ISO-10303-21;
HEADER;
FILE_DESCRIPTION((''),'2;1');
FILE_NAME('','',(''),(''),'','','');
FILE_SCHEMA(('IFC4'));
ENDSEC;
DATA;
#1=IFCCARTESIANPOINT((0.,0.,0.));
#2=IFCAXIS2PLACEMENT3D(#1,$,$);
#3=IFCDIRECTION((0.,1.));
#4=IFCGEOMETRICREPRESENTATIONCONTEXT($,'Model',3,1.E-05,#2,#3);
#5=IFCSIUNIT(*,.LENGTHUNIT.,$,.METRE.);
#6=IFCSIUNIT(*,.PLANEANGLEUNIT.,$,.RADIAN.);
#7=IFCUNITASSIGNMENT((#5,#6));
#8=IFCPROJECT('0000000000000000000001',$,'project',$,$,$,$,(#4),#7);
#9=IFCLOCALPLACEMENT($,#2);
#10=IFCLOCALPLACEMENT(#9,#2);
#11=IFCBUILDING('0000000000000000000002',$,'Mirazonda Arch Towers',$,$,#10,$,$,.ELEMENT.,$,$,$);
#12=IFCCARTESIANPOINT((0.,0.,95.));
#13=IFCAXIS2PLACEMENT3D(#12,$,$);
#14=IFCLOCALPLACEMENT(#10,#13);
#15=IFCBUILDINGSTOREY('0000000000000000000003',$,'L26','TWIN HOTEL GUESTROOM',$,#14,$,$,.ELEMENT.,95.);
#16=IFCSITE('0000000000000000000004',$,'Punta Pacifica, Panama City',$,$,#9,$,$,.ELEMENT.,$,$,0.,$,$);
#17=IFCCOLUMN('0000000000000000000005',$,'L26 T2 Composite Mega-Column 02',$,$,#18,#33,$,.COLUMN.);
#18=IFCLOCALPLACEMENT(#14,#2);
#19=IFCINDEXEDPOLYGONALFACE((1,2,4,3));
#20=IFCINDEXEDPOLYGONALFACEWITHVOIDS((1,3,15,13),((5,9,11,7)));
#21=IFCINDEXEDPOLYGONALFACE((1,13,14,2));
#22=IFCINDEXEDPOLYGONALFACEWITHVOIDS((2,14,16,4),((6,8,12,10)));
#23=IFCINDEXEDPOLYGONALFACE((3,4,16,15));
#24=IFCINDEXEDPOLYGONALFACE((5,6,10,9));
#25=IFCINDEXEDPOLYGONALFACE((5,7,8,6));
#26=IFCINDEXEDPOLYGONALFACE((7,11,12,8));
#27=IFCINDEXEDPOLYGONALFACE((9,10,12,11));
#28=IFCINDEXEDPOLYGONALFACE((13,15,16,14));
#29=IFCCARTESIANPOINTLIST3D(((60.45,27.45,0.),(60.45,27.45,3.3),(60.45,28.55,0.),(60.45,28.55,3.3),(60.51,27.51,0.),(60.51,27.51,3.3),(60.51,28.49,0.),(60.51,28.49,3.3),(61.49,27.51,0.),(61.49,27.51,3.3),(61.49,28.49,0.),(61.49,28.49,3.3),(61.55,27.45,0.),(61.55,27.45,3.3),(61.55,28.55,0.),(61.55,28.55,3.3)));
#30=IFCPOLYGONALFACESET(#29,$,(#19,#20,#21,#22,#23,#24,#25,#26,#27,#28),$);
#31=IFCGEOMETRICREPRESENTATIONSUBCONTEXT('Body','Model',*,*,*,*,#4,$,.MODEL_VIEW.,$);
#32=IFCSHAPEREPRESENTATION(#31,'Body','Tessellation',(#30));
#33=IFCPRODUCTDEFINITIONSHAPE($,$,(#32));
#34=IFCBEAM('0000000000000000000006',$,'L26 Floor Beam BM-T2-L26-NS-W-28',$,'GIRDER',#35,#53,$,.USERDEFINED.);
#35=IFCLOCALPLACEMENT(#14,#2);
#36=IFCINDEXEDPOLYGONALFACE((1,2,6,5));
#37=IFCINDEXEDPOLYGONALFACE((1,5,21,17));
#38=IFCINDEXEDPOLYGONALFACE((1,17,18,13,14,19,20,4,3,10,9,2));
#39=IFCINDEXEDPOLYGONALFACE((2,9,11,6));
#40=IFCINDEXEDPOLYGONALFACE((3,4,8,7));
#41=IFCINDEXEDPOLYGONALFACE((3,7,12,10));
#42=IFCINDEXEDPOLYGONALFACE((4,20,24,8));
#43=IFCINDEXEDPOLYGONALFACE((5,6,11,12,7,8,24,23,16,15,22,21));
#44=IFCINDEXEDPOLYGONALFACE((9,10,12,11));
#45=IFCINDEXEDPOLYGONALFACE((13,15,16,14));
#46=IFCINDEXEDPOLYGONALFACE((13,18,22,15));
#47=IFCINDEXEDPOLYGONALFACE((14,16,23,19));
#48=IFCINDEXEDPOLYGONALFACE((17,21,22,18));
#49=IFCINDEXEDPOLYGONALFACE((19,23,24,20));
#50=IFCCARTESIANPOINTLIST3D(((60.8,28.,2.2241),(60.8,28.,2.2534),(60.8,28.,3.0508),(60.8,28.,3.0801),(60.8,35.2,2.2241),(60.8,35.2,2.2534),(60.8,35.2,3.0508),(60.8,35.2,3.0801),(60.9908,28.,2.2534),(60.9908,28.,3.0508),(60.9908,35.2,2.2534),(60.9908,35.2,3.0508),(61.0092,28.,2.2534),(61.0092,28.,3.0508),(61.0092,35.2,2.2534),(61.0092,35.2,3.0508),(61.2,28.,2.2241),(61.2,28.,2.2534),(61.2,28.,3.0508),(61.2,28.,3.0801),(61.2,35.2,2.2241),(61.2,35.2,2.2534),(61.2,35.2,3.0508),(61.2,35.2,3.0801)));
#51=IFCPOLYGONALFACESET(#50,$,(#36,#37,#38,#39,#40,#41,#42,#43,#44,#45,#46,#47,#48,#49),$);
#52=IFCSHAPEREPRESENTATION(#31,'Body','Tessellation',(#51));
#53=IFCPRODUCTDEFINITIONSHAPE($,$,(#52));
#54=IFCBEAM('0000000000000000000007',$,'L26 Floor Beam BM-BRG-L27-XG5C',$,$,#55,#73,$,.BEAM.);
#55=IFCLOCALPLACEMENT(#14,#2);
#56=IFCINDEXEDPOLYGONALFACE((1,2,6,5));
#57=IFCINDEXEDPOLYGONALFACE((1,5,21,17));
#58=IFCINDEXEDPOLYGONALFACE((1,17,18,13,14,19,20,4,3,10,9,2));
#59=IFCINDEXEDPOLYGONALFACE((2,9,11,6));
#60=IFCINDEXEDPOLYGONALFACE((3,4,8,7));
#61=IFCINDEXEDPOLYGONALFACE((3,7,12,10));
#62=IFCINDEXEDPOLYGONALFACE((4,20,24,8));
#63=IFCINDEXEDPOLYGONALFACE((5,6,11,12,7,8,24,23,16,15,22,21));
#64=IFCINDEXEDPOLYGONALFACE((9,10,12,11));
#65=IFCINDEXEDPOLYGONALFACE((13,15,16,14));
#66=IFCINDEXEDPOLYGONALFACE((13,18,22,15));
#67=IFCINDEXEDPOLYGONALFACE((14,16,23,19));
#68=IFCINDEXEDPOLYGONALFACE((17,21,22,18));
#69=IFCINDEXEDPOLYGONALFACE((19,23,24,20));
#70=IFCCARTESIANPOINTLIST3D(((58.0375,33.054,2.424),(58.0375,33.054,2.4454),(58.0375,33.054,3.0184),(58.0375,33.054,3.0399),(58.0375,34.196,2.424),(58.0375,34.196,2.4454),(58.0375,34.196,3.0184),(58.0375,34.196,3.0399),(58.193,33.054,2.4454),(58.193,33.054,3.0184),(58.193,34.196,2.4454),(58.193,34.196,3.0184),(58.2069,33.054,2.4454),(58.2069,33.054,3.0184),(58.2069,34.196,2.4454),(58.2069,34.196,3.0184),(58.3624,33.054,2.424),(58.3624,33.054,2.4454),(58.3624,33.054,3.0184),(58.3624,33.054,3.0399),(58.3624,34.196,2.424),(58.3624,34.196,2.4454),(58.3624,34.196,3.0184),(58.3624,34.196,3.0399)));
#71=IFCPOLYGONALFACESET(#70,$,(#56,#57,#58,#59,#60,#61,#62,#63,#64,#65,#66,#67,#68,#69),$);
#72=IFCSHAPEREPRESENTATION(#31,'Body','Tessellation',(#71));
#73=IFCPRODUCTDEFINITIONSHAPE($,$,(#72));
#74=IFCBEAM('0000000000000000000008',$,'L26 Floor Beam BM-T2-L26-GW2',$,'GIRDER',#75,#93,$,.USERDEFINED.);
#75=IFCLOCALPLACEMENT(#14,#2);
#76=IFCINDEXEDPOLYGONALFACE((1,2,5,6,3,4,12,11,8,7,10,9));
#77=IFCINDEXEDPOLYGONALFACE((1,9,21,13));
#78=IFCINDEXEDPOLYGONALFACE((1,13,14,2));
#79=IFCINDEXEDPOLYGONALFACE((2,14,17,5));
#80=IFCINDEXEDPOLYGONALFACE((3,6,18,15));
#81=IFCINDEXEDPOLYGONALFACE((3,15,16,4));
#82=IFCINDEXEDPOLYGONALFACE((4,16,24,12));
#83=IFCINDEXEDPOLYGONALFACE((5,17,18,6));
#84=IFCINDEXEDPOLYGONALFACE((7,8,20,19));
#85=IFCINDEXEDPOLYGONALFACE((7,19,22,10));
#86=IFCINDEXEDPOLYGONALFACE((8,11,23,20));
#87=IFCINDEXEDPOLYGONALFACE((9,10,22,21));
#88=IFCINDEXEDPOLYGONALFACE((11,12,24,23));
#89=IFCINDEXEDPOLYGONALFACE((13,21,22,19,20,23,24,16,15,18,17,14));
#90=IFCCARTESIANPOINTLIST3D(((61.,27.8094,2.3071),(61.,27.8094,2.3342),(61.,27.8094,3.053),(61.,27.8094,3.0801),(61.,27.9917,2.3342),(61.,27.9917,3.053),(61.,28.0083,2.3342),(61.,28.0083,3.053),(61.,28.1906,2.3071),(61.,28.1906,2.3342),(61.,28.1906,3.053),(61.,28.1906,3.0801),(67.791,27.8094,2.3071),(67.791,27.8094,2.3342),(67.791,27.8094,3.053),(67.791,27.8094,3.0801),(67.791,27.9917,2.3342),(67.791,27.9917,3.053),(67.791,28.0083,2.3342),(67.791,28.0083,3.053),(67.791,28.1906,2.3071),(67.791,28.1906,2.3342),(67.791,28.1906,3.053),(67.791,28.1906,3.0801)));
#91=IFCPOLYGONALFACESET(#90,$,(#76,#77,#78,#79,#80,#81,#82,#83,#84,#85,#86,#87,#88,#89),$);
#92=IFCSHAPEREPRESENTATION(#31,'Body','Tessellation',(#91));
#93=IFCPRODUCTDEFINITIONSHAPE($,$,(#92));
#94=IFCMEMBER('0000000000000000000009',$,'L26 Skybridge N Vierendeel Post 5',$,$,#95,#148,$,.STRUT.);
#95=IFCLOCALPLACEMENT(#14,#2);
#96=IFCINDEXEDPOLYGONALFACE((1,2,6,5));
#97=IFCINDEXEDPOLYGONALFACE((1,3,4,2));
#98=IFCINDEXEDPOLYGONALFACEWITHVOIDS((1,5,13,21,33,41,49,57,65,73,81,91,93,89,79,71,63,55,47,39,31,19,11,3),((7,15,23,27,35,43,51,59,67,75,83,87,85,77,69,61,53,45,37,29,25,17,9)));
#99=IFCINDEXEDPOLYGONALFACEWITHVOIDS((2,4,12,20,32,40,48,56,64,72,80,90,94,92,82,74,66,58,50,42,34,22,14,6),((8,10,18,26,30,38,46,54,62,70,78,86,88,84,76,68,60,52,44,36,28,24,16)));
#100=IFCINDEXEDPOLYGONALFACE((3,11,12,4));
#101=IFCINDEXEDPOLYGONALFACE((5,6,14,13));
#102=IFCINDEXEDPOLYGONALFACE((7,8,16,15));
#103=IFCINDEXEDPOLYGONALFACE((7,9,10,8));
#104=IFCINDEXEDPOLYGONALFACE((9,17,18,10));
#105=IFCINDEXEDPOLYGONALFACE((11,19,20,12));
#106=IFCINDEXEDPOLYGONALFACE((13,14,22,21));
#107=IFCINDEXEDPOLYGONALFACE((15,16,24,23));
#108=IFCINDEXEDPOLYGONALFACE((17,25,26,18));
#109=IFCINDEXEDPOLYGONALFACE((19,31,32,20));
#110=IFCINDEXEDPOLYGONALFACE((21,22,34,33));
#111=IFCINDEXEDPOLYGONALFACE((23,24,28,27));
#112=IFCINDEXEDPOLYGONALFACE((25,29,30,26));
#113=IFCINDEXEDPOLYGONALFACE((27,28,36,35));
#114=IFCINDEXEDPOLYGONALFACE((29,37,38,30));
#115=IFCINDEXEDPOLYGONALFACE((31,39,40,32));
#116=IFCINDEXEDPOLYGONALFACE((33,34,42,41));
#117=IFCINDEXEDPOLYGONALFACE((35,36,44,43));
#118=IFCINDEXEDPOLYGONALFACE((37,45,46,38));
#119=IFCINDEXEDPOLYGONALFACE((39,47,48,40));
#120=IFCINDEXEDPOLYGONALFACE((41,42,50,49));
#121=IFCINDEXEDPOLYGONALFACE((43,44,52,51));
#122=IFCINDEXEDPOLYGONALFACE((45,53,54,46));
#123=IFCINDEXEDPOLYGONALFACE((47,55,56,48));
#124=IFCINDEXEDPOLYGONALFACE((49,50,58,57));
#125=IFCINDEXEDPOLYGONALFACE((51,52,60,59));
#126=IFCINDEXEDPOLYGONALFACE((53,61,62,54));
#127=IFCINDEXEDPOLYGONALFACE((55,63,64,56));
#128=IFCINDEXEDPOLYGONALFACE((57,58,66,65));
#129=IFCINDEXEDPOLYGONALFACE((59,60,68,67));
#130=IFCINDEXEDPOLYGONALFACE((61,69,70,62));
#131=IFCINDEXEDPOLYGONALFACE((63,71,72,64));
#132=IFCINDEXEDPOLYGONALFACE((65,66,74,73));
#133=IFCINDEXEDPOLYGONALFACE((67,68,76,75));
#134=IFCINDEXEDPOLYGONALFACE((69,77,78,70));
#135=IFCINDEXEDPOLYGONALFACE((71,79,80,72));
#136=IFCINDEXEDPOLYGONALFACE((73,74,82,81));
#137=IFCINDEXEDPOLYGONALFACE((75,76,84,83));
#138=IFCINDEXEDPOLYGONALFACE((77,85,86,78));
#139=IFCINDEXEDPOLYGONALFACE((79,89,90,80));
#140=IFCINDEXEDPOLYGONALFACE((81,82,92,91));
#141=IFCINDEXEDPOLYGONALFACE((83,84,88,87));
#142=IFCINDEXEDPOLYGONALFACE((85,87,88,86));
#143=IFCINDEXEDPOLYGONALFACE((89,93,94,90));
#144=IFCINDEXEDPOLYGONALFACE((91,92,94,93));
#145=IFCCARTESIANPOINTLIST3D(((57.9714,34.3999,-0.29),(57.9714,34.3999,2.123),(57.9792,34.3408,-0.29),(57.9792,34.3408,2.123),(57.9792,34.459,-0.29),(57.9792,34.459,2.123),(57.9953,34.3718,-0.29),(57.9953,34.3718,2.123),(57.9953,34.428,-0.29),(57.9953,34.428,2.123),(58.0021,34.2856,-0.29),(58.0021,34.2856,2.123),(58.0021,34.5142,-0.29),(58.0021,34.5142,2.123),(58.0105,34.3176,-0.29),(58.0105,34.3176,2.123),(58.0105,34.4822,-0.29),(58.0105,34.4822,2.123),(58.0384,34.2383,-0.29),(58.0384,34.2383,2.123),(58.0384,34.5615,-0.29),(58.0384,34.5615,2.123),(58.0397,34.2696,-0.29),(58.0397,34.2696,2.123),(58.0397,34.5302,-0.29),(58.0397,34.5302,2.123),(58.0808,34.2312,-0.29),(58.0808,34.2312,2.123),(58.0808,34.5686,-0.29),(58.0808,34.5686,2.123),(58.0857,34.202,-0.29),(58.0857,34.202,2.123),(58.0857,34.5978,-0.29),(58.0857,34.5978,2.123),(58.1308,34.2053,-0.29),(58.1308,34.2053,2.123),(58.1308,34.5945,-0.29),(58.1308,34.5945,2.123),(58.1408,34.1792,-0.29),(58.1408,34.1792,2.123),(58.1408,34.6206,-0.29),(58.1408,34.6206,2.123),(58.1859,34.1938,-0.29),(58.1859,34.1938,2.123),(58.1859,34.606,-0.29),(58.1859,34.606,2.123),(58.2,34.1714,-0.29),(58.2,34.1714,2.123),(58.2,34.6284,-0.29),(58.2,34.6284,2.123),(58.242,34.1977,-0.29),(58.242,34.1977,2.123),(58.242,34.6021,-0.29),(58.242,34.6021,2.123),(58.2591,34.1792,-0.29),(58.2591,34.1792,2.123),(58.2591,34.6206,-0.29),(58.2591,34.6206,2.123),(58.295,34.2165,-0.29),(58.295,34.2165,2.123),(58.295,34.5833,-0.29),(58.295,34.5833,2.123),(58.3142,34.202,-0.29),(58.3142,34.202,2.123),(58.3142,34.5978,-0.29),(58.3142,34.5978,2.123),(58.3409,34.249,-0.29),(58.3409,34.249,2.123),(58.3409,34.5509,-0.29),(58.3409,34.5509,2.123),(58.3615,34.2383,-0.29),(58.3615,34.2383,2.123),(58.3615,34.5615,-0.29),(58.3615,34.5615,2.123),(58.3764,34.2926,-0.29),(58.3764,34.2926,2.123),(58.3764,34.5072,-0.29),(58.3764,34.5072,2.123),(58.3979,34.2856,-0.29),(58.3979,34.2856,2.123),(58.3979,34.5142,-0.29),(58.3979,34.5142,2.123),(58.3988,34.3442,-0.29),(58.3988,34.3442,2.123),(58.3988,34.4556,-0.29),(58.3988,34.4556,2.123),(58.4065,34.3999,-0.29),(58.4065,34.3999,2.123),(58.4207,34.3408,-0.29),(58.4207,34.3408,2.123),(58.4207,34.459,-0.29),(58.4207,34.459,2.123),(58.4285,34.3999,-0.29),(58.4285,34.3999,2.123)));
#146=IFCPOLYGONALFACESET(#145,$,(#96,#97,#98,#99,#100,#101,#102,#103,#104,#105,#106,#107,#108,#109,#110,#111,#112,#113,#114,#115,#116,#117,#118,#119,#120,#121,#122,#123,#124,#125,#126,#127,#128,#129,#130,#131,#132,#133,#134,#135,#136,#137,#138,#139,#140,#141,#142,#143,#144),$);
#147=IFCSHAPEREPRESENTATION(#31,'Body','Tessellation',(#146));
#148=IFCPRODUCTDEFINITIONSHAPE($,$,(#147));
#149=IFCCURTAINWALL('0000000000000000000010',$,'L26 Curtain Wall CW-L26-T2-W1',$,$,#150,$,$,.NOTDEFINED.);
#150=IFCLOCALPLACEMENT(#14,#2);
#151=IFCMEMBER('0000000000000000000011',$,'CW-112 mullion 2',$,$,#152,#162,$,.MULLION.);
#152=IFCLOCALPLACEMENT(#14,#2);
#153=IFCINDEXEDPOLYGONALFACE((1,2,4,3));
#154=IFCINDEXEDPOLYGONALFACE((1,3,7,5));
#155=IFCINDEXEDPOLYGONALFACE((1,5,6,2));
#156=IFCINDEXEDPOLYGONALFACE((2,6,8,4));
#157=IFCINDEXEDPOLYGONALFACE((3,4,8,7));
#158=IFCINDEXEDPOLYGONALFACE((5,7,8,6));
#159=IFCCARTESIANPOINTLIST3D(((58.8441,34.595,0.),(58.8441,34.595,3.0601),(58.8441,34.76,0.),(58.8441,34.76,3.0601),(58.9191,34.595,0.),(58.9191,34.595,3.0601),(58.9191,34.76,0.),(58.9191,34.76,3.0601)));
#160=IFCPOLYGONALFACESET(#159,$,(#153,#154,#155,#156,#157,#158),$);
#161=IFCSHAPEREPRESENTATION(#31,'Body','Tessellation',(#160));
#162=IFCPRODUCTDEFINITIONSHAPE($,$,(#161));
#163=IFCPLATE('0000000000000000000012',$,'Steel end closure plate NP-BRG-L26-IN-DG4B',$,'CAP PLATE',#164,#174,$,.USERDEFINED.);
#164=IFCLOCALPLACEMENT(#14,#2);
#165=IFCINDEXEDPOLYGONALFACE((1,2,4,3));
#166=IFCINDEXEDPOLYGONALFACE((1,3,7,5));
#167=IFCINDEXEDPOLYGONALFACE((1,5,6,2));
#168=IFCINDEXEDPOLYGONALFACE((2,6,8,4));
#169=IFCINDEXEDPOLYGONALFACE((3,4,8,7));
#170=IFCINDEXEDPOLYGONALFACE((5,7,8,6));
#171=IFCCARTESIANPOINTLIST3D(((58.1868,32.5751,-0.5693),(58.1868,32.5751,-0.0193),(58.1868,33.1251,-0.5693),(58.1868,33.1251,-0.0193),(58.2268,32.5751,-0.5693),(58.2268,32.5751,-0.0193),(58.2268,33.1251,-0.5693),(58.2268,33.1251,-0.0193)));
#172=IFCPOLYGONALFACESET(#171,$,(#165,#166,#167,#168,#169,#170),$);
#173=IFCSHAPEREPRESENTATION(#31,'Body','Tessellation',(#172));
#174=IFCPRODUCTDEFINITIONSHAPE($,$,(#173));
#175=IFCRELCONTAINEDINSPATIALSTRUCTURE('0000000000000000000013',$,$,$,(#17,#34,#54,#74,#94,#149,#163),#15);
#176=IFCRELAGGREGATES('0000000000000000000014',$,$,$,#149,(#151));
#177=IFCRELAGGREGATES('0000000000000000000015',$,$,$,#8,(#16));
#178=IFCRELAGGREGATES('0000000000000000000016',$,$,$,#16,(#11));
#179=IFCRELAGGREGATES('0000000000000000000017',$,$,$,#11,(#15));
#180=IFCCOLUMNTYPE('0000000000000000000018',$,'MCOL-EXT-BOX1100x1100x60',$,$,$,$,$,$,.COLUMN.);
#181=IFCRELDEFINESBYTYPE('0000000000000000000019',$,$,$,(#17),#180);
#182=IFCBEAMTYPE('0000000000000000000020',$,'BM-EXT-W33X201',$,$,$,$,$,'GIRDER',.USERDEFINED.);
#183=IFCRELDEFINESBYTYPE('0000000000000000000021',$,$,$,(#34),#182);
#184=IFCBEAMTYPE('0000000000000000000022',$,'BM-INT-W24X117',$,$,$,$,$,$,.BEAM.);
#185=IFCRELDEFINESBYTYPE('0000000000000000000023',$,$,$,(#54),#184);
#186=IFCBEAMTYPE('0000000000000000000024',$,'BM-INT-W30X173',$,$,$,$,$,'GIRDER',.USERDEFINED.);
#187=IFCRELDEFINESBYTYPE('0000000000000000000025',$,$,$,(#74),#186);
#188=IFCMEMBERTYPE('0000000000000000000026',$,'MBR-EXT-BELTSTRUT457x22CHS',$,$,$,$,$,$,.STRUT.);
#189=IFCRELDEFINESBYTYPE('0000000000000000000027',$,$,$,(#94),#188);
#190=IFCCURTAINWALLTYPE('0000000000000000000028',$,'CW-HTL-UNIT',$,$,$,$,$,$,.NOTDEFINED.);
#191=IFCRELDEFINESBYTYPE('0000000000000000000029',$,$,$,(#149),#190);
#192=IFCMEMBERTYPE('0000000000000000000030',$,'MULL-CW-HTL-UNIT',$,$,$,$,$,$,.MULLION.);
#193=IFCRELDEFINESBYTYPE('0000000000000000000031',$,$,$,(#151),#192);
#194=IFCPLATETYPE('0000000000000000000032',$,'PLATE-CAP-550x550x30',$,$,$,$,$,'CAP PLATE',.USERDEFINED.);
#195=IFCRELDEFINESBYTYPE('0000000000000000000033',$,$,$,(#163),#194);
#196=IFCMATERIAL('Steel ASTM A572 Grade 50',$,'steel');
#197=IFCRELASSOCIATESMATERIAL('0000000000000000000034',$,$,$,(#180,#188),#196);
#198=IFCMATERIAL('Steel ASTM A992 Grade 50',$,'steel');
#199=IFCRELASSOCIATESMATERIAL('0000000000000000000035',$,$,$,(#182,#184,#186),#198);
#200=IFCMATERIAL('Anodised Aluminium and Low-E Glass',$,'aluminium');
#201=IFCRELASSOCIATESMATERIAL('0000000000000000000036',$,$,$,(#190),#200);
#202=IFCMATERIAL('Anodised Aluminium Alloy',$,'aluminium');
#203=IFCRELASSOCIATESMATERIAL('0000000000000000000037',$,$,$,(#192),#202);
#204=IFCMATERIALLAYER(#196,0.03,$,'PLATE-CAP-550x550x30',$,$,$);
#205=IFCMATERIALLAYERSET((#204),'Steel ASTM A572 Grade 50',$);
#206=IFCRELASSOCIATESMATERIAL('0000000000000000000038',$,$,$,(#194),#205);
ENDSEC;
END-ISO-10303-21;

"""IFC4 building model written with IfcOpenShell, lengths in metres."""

from ifc_helpers import new_model, si_unit, direction, frame, origin, origin_2d, place, context, subcontext, project, spatial, rectangle, hollow_rectangle, hollow_circle, i_section, extrude, material, layer, layer_set, material_profile, profile_set, type_object, element, aggregate, save


model = new_model("IFC4")

# Units and contexts
model_context = context("Model", 3, precision=1e-05, world=origin(), true_north=direction((0.0, 1.0)))
body_context = subcontext(model_context, "Body", "Model", "MODEL_VIEW")
ifc_project = project(units=[si_unit("LENGTHUNIT", "METRE"), si_unit("PLANEANGLEUNIT", "RADIAN")], contexts=[model_context])

# Site, building, storey
site_placement = place(None, origin())
site = spatial("IfcSite", under=ifc_project, at=site_placement, Name="Punta Pacifica, Panama City", CompositionType="ELEMENT", RefElevation=0.0)
building_placement = place(site_placement, origin())
building = spatial("IfcBuilding", under=site, at=building_placement, Name="Mirazonda Arch Towers", CompositionType="ELEMENT")
storey_placement = place(building_placement, frame((0.0, 0.0, 95.0)))
storey = spatial("IfcBuildingStorey", under=building, at=storey_placement, Name="L26", Description="TWIN HOTEL GUESTROOM", CompositionType="ELEMENT", Elevation=95.0)

# Column
ifc_material_1 = material(Name="Steel ASTM A572 Grade 50", Category="steel")
ifc_material_profile_1 = material_profile(ifc_material_1, hollow_rectangle(XDim=1.1001, YDim=1.1001, WallThickness=0.0601, at=origin_2d()), Name="BOX1100x1100x60")
ifc_profile_set_1 = profile_set([ifc_material_profile_1], Name="Steel ASTM A572 Grade 50")
column_type = type_object("IfcColumnType", Name="MCOL-EXT-BOX1100x1100x60", PredefinedType="COLUMN", material=ifc_profile_set_1)
column_placement = place(storey_placement, frame((61.0, 28.0, 0.0), z_axis=(0.0, 0.0, 1.0), x_axis=(1.0, 0.0, 0.0)))
element("IfcColumn", 1, at=column_placement, inside=storey, type_object=column_type, Name="L26 T2 Composite Mega-Column 02", PredefinedType="COLUMN", context=body_context, shape_type="SweptSolid", body=[
    extrude(hollow_rectangle(XDim=1.1001, YDim=1.1001, WallThickness=0.0601, at=origin_2d()), origin(), (0.0, 0.0, 1.0), 3.3),
])

# Beams
ifc_material_2 = material(Name="Steel ASTM A992 Grade 50", Category="steel")
ifc_material_profile_2 = material_profile(ifc_material_2, i_section(OverallWidth=0.3999, OverallDepth=0.856, WebThickness=0.0183, FlangeThickness=0.0293, at=origin_2d()), Name="W33X201")
ifc_profile_set_2 = profile_set([ifc_material_profile_2], Name="Steel ASTM A992 Grade 50")
beam_type_1 = type_object("IfcBeamType", Name="BM-EXT-W33X201", ElementType="GIRDER", PredefinedType="USERDEFINED", material=ifc_profile_set_2)
beam_1_placement = place(storey_placement, frame((61.0, 28.0, 2.6521), z_axis=(0.0, 1.0, 0.0), x_axis=(-1.0, 0.0, 0.0)))
element("IfcBeam", 2, at=beam_1_placement, inside=storey, type_object=beam_type_1, Name="L26 Floor Beam BM-T2-L26-NS-W-28", ObjectType="GIRDER", PredefinedType="USERDEFINED", context=body_context, shape_type="SweptSolid", body=[
    extrude(i_section(OverallWidth=0.3999, OverallDepth=0.856, WebThickness=0.0183, FlangeThickness=0.0293, at=origin_2d()), origin(), (0.0, 0.0, 1.0), 7.2),
])
ifc_material_profile_3 = material_profile(ifc_material_2, i_section(OverallWidth=0.325, OverallDepth=0.616, WebThickness=0.0139, FlangeThickness=0.0215, at=origin_2d()), Name="W24X117")
ifc_profile_set_3 = profile_set([ifc_material_profile_3], Name="Steel ASTM A992 Grade 50")
beam_type_2 = type_object("IfcBeamType", Name="BM-INT-W24X117", PredefinedType="BEAM", material=ifc_profile_set_3)
beam_2_placement = place(storey_placement, frame((58.2, 33.054, 2.7319), z_axis=(0.0, 1.0, 0.0), x_axis=(-1.0, 0.0, 0.0)))
element("IfcBeam", 3, at=beam_2_placement, inside=storey, type_object=beam_type_2, Name="L26 Floor Beam BM-BRG-L27-XG5C", PredefinedType="BEAM", context=body_context, shape_type="SweptSolid", body=[
    extrude(i_section(OverallWidth=0.325, OverallDepth=0.616, WebThickness=0.0139, FlangeThickness=0.0215, at=origin_2d()), origin(), (0.0, 0.0, 1.0), 1.1421),
])
ifc_material_profile_4 = material_profile(ifc_material_2, i_section(OverallWidth=0.3811, OverallDepth=0.7729, WebThickness=0.0166, FlangeThickness=0.0271, at=origin_2d()), Name="W30X173")
ifc_profile_set_4 = profile_set([ifc_material_profile_4], Name="Steel ASTM A992 Grade 50")
beam_type_3 = type_object("IfcBeamType", Name="BM-INT-W30X173", ElementType="GIRDER", PredefinedType="USERDEFINED", material=ifc_profile_set_4)
beam_3_placement = place(storey_placement, frame((61.0, 28.0, 2.6936), z_axis=(1.0, 0.0, 0.0), x_axis=(0.0, 1.0, 0.0)))
element("IfcBeam", 4, at=beam_3_placement, inside=storey, type_object=beam_type_3, Name="L26 Floor Beam BM-T2-L26-GW2", ObjectType="GIRDER", PredefinedType="USERDEFINED", context=body_context, shape_type="SweptSolid", body=[
    extrude(i_section(OverallWidth=0.3811, OverallDepth=0.7729, WebThickness=0.0166, FlangeThickness=0.0271, at=origin_2d()), origin(), (0.0, 0.0, 1.0), 6.791),
])

# Member
ifc_material_profile_5 = material_profile(ifc_material_1, hollow_circle(Radius=0.2285, WallThickness=0.022, at=origin_2d()), Name="BELTSTRUT457x22CHS")
ifc_profile_set_5 = profile_set([ifc_material_profile_5], Name="Steel ASTM A572 Grade 50")
member_type_1 = type_object("IfcMemberType", Name="MBR-EXT-BELTSTRUT457x22CHS", PredefinedType="STRUT", material=ifc_profile_set_5)
member_1_placement = place(storey_placement, frame((58.2, 34.3999, -0.29), z_axis=(0.0, 0.0, 1.0), x_axis=(1.0, 0.0, 0.0)))
element("IfcMember", 5, at=member_1_placement, inside=storey, type_object=member_type_1, Name="L26 Skybridge N Vierendeel Post 5", PredefinedType="STRUT", context=body_context, shape_type="SweptSolid", body=[
    extrude(hollow_circle(Radius=0.2285, WallThickness=0.022, at=origin_2d()), origin(), (0.0, 0.0, 1.0), 2.4131),
])

# Curtain wall, member
ifc_material_3 = material(Name="Anodised Aluminium and Low-E Glass", Category="aluminium")
curtain_wall_type = type_object("IfcCurtainWallType", Name="CW-HTL-UNIT", PredefinedType="NOTDEFINED", material=ifc_material_3)
curtain_wall_placement = place(storey_placement, origin())
curtain_wall = element("IfcCurtainWall", 6, at=curtain_wall_placement, inside=storey, type_object=curtain_wall_type, Name="L26 Curtain Wall CW-L26-T2-W1", PredefinedType="NOTDEFINED")
ifc_material_4 = material(Name="Anodised Aluminium Alloy", Category="aluminium")
ifc_material_profile_6 = material_profile(ifc_material_4, rectangle(XDim=0.075, YDim=0.165, at=origin_2d()), Name="ALU-MULL-75x165")
ifc_profile_set_6 = profile_set([ifc_material_profile_6], Name="Anodised Aluminium Alloy")
member_type_2 = type_object("IfcMemberType", Name="MULL-CW-HTL-UNIT", PredefinedType="MULLION", material=ifc_profile_set_6)
member_2_placement = place(storey_placement, frame((58.8816, 34.6775, 0.0), z_axis=(0.0, 0.0, 1.0), x_axis=(1.0, 0.0, 0.0)))
member_2 = element("IfcMember", 7, at=member_2_placement, type_object=member_type_2, Name="CW-112 mullion 2", PredefinedType="MULLION", context=body_context, shape_type="SweptSolid", body=[
    extrude(rectangle(XDim=0.075, YDim=0.165, at=origin_2d()), origin(), (0.0, 0.0, 1.0), 3.0601),
])
aggregate(curtain_wall, [member_2])

# Plate
ifc_layer_1 = layer(ifc_material_1, 0.03, Name="PLATE-CAP-550x550x30")
ifc_layer_set_1 = layer_set([ifc_layer_1], Name="Steel ASTM A572 Grade 50")
plate_type_1 = type_object("IfcPlateType", Name="PLATE-CAP-550x550x30", ElementType="CAP PLATE", PredefinedType="USERDEFINED", material=ifc_layer_set_1)
plate_1_placement = place(storey_placement, frame((58.2068, 32.8501, -0.5693), z_axis=(0.0, 0.0, 1.0), x_axis=(1.0, 0.0, 0.0)))
element("IfcPlate", 8, at=plate_1_placement, inside=storey, type_object=plate_type_1, Name="Steel end closure plate NP-BRG-L26-IN-DG4B", ObjectType="CAP PLATE", PredefinedType="USERDEFINED", context=body_context, shape_type="SweptSolid", body=[
    extrude(rectangle(XDim=0.04, YDim=0.55, at=origin_2d()), origin(), (0.0, 0.0, 1.0), 0.55),
])

save(model, "model.ifc")
